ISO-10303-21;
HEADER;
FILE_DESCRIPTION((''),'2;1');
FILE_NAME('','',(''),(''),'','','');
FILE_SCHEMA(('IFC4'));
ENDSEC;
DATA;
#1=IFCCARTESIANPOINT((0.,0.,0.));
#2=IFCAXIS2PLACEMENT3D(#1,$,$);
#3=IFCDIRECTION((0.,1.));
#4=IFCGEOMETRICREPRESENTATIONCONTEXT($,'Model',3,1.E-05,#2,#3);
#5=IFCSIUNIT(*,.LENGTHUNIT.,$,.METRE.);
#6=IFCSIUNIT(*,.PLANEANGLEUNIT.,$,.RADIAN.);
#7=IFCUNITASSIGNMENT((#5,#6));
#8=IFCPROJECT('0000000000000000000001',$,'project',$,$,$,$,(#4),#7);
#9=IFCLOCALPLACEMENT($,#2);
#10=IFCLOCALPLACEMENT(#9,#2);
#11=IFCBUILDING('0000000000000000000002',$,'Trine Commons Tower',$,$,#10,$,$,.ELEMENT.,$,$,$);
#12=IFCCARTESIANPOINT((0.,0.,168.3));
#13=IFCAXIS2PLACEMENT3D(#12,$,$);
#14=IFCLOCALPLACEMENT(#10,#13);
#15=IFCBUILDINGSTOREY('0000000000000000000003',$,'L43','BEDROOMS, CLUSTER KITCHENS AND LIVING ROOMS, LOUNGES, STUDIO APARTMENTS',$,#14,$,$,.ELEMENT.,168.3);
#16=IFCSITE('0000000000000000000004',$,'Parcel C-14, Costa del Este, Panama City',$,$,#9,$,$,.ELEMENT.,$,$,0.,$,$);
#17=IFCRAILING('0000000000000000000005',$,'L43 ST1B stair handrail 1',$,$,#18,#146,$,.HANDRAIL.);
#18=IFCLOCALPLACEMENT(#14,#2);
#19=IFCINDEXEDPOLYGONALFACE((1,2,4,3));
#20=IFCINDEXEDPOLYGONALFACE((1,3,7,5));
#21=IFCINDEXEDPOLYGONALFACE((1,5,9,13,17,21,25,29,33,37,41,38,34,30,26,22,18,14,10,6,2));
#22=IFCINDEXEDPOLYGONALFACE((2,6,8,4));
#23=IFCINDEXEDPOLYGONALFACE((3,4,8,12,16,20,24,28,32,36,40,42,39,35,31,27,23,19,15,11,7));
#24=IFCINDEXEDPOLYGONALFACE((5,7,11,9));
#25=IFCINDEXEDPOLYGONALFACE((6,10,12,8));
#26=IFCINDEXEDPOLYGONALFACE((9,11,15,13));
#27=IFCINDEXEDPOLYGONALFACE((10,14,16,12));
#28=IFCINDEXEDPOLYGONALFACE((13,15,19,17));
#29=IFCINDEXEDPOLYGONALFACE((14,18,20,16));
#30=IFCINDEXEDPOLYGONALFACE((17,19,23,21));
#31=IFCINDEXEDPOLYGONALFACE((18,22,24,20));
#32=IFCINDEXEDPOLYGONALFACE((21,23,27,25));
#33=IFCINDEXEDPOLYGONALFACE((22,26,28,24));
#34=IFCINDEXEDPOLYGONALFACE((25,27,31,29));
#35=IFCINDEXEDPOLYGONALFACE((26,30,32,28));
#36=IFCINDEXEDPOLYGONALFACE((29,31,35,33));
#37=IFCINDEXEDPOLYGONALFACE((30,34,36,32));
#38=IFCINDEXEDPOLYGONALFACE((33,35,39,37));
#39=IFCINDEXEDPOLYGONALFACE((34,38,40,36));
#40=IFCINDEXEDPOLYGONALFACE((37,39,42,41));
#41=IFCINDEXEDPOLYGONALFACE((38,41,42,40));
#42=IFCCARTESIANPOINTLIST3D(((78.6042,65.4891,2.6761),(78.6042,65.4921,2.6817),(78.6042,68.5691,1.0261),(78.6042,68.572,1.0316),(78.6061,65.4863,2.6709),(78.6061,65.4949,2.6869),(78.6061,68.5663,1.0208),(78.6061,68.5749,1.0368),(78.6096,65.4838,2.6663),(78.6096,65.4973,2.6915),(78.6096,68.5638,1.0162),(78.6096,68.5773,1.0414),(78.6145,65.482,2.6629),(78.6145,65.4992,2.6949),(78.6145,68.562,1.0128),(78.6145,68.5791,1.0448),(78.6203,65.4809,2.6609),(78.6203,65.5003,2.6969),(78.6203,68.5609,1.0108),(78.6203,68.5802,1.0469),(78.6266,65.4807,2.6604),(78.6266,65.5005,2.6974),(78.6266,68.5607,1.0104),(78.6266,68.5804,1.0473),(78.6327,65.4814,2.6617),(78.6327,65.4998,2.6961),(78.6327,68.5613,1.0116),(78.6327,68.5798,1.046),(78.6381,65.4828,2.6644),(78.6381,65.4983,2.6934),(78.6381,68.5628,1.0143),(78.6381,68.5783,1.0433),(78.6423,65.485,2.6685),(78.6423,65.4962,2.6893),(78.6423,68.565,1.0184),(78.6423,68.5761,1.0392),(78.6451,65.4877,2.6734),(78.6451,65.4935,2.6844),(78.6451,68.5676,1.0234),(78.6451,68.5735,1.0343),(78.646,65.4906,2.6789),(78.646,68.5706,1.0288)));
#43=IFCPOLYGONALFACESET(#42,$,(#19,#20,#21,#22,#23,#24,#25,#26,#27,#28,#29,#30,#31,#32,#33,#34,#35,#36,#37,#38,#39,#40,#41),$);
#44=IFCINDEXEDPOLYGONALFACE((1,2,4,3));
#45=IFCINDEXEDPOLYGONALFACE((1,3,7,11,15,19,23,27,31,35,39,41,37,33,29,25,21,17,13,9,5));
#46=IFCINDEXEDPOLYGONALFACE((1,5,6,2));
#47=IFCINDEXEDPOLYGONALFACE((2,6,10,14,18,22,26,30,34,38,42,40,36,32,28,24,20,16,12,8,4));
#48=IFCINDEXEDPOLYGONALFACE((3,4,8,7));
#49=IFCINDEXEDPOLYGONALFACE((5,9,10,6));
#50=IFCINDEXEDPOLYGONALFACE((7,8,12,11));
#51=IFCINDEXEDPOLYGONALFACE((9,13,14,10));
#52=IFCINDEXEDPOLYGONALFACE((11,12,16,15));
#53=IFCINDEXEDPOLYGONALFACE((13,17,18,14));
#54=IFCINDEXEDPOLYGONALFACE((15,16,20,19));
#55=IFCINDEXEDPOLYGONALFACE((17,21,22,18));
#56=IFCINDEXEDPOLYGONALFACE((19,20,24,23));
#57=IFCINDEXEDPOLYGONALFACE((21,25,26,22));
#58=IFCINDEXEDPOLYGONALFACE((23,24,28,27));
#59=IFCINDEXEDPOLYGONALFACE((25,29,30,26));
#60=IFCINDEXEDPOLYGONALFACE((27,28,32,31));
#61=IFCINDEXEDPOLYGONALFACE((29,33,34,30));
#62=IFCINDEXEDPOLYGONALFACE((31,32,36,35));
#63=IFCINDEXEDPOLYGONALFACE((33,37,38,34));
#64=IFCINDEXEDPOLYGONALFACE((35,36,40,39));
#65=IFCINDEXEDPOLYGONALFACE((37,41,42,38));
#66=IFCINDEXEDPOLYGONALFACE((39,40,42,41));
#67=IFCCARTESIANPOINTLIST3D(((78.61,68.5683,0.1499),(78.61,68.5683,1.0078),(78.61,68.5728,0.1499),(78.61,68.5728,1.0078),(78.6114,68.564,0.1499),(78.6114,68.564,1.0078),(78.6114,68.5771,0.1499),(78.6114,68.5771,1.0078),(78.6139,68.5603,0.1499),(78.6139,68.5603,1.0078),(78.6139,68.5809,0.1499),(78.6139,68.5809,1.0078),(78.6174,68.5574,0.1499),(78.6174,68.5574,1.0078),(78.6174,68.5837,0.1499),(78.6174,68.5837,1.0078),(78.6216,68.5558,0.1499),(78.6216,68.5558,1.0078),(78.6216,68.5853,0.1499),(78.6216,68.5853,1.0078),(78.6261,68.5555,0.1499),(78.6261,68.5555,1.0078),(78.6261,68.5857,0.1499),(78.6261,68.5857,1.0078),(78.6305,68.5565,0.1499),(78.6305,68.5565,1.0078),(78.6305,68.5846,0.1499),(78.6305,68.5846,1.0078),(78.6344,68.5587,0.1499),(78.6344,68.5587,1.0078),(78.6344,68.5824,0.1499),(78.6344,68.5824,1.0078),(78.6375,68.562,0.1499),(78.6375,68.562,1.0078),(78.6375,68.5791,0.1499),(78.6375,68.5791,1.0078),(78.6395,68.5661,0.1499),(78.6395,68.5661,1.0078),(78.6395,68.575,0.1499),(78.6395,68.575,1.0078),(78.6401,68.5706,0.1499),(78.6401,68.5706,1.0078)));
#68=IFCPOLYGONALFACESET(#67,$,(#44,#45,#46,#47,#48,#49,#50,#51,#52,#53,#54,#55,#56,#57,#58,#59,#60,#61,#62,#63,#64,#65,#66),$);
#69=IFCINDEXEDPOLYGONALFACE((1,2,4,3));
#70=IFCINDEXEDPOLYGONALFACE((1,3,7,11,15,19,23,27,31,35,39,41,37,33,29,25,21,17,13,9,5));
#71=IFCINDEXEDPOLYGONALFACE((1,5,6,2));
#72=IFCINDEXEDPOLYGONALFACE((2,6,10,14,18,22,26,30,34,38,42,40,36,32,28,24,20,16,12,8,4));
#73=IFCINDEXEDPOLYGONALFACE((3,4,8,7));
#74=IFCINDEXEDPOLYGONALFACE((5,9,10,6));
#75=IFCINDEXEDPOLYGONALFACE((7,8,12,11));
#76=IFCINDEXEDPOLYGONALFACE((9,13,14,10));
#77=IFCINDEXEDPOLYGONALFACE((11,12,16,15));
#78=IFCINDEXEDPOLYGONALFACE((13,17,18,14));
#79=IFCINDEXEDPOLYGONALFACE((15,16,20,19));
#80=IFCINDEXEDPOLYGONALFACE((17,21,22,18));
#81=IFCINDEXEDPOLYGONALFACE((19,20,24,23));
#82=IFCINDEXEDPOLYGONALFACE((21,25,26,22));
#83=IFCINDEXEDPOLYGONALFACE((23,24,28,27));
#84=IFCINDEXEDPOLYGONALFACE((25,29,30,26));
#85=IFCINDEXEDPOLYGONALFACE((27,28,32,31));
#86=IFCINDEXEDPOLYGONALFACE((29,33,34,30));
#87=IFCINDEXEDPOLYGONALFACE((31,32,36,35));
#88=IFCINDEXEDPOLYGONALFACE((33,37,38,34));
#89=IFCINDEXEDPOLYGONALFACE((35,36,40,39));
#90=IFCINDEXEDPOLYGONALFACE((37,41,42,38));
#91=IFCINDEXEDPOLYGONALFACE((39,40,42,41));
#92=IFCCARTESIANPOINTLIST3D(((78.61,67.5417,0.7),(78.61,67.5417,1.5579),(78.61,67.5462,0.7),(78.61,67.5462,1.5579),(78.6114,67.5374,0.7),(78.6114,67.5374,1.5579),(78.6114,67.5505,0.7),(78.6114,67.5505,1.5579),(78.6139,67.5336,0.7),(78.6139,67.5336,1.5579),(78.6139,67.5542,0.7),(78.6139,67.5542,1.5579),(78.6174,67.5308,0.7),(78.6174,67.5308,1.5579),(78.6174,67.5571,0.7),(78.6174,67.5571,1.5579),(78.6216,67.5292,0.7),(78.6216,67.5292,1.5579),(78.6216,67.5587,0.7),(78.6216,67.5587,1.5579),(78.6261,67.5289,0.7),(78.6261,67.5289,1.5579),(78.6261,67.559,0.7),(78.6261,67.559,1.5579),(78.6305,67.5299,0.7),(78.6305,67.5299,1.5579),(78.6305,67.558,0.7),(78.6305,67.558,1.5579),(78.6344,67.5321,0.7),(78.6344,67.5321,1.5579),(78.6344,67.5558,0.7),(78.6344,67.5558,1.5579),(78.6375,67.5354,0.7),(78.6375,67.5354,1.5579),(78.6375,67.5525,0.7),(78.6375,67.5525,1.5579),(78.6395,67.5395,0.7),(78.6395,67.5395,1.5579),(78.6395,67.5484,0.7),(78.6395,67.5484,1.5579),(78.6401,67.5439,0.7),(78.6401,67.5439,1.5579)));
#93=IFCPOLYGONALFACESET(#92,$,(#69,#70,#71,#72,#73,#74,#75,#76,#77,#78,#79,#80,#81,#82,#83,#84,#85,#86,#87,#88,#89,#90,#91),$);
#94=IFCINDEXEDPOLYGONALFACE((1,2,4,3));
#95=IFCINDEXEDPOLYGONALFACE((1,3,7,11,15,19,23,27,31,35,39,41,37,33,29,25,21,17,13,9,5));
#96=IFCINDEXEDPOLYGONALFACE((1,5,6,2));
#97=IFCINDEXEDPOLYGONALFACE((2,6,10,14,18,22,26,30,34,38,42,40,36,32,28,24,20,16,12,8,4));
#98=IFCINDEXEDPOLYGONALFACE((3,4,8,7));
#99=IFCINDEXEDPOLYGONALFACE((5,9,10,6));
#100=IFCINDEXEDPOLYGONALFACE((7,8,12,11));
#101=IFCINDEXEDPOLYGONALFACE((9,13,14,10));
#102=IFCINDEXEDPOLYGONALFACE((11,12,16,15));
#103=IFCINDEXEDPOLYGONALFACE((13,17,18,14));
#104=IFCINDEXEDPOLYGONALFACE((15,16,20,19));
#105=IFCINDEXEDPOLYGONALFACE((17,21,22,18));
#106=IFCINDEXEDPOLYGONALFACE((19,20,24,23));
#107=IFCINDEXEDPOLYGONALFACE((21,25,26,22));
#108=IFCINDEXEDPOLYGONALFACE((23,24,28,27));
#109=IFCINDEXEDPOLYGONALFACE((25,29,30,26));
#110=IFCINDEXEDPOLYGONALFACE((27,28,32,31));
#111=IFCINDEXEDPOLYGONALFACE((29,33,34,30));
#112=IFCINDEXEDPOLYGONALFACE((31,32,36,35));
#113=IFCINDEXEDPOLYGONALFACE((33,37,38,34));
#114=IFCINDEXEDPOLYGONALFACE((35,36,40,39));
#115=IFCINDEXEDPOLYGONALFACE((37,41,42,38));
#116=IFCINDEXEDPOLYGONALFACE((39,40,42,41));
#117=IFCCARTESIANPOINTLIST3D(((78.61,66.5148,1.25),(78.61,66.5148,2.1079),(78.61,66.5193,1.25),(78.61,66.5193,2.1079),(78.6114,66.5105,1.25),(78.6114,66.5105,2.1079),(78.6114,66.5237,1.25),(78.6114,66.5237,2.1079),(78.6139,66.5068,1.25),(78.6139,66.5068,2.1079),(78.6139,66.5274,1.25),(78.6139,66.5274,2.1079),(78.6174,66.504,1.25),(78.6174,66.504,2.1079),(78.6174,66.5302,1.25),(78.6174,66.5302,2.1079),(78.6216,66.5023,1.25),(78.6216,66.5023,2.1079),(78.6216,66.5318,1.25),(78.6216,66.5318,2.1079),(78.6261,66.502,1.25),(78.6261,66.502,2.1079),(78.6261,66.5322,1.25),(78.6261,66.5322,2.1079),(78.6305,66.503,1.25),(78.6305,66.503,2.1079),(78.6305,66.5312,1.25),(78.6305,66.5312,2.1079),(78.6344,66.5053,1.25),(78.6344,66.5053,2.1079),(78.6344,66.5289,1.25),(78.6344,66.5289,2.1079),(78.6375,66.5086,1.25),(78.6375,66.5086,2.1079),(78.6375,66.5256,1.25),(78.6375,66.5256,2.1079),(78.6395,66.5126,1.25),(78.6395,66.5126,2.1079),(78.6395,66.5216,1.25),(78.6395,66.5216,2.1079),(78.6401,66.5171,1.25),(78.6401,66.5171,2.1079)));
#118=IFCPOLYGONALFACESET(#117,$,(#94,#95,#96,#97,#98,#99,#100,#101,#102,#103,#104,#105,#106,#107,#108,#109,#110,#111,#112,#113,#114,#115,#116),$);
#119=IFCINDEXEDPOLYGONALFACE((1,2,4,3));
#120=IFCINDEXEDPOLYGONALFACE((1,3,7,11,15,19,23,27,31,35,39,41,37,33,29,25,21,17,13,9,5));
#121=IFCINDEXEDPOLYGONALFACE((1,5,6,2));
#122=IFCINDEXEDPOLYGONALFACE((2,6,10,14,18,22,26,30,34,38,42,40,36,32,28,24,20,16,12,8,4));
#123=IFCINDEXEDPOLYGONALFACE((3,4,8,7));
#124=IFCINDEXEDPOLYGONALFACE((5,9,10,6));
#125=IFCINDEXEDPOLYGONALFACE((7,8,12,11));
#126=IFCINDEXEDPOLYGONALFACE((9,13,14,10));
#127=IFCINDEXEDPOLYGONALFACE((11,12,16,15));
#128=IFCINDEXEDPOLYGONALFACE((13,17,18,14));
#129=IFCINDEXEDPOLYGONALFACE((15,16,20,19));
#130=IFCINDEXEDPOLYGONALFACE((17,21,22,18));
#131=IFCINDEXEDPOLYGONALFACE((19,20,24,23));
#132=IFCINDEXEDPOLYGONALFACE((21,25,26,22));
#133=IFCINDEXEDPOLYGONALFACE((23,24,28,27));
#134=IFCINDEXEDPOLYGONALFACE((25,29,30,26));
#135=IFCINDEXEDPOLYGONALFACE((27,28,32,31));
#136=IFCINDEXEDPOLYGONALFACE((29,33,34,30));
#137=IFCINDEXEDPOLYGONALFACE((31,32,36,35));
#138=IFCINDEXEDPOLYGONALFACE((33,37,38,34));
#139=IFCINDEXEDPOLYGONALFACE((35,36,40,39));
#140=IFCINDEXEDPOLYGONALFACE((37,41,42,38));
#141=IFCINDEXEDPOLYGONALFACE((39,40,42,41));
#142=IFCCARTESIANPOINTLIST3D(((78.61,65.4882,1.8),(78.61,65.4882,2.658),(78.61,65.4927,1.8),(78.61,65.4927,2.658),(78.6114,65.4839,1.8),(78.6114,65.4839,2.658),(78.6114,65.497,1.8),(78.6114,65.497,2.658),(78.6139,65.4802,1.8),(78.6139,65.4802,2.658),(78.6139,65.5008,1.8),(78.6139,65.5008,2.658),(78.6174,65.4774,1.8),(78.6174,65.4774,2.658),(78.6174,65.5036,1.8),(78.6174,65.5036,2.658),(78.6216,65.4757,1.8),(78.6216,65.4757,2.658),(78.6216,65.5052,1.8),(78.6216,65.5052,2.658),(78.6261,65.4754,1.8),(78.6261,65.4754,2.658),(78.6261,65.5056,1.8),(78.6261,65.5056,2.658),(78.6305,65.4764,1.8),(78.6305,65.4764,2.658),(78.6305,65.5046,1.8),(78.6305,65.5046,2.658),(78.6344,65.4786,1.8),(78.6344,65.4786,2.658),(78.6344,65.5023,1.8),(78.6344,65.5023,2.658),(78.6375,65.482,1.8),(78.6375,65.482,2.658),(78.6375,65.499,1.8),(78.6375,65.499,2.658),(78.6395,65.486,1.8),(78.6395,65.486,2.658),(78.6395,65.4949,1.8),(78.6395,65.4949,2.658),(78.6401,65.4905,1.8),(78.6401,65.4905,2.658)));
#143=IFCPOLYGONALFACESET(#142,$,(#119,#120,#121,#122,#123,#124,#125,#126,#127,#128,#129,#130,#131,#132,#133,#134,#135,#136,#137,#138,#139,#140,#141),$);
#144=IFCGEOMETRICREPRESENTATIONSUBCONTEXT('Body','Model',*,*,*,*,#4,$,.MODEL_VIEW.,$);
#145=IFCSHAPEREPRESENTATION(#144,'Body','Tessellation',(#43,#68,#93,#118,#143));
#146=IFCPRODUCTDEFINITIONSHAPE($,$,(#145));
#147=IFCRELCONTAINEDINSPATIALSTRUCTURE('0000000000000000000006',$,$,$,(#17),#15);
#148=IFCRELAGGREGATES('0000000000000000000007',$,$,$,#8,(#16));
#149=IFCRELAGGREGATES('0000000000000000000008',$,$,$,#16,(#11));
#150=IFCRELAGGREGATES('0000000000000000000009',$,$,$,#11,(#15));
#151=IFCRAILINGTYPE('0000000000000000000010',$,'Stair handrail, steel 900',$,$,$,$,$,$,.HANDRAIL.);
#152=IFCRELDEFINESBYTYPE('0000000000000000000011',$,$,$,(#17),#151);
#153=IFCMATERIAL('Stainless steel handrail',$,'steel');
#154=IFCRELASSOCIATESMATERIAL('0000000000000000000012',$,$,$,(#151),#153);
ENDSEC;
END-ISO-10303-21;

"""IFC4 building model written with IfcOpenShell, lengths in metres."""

from ifc_helpers import new_model, si_unit, direction, frame, origin, origin_2d, place, context, subcontext, project, spatial, circle, extrude, material, type_object, element, save


model = new_model("IFC4")

# Units and contexts
model_context = context("Model", 3, precision=1e-05, world=origin(), true_north=direction((0.0, 1.0)))
body_context = subcontext(model_context, "Body", "Model", "MODEL_VIEW")
ifc_project = project(units=[si_unit("LENGTHUNIT", "METRE"), si_unit("PLANEANGLEUNIT", "RADIAN")], contexts=[model_context])

# Site, building, storey
site_placement = place(None, origin())
site = spatial("IfcSite", under=ifc_project, at=site_placement, Name="Parcel C-14, Costa del Este, Panama City", CompositionType="ELEMENT", RefElevation=0.0)
building_placement = place(site_placement, origin())
building = spatial("IfcBuilding", under=site, at=building_placement, Name="Trine Commons Tower", CompositionType="ELEMENT")
storey_placement = place(building_placement, frame((0.0, 0.0, 168.3)))
storey = spatial("IfcBuildingStorey", under=building, at=storey_placement, Name="L43", Description="BEDROOMS, CLUSTER KITCHENS AND LIVING ROOMS, LOUNGES, STUDIO APARTMENTS", CompositionType="ELEMENT", Elevation=168.3)

# Railing
ifc_material_1 = material(Name="Stainless steel handrail", Category="steel")
railing_type = type_object("IfcRailingType", Name="Stair handrail, steel 900", PredefinedType="HANDRAIL", material=ifc_material_1)
railing_placement = place(storey_placement, frame((78.625, 68.5706, 0.1499)))
element("IfcRailing", 1, at=railing_placement, inside=storey, type_object=railing_type, Name="L43 ST1B stair handrail 1", PredefinedType="HANDRAIL", context=body_context, shape_type="SweptSolid", body=[
    extrude(circle(Radius=0.021, at=origin_2d()), frame((0.0, 0.0, 0.8789), z_axis=(0.0, -0.881468, 0.472245), x_axis=(1.0, 0.0, 0.0)), (0.0, 0.0, 1.0), 3.4941),
    extrude(circle(Radius=0.0151, at=origin_2d()), origin(), (0.0, 0.0, 1.0), 0.8579),
    extrude(circle(Radius=0.0151, at=origin_2d()), frame((0.0, -1.0266, 0.55)), (0.0, 0.0, 1.0), 0.8579),
    extrude(circle(Radius=0.0151, at=origin_2d()), frame((0.0, -2.0535, 1.1001)), (0.0, 0.0, 1.0), 0.8579),
    extrude(circle(Radius=0.0151, at=origin_2d()), frame((0.0, -3.0801, 1.6501)), (0.0, 0.0, 1.0), 0.8579),
])

save(model, "model.ifc")
